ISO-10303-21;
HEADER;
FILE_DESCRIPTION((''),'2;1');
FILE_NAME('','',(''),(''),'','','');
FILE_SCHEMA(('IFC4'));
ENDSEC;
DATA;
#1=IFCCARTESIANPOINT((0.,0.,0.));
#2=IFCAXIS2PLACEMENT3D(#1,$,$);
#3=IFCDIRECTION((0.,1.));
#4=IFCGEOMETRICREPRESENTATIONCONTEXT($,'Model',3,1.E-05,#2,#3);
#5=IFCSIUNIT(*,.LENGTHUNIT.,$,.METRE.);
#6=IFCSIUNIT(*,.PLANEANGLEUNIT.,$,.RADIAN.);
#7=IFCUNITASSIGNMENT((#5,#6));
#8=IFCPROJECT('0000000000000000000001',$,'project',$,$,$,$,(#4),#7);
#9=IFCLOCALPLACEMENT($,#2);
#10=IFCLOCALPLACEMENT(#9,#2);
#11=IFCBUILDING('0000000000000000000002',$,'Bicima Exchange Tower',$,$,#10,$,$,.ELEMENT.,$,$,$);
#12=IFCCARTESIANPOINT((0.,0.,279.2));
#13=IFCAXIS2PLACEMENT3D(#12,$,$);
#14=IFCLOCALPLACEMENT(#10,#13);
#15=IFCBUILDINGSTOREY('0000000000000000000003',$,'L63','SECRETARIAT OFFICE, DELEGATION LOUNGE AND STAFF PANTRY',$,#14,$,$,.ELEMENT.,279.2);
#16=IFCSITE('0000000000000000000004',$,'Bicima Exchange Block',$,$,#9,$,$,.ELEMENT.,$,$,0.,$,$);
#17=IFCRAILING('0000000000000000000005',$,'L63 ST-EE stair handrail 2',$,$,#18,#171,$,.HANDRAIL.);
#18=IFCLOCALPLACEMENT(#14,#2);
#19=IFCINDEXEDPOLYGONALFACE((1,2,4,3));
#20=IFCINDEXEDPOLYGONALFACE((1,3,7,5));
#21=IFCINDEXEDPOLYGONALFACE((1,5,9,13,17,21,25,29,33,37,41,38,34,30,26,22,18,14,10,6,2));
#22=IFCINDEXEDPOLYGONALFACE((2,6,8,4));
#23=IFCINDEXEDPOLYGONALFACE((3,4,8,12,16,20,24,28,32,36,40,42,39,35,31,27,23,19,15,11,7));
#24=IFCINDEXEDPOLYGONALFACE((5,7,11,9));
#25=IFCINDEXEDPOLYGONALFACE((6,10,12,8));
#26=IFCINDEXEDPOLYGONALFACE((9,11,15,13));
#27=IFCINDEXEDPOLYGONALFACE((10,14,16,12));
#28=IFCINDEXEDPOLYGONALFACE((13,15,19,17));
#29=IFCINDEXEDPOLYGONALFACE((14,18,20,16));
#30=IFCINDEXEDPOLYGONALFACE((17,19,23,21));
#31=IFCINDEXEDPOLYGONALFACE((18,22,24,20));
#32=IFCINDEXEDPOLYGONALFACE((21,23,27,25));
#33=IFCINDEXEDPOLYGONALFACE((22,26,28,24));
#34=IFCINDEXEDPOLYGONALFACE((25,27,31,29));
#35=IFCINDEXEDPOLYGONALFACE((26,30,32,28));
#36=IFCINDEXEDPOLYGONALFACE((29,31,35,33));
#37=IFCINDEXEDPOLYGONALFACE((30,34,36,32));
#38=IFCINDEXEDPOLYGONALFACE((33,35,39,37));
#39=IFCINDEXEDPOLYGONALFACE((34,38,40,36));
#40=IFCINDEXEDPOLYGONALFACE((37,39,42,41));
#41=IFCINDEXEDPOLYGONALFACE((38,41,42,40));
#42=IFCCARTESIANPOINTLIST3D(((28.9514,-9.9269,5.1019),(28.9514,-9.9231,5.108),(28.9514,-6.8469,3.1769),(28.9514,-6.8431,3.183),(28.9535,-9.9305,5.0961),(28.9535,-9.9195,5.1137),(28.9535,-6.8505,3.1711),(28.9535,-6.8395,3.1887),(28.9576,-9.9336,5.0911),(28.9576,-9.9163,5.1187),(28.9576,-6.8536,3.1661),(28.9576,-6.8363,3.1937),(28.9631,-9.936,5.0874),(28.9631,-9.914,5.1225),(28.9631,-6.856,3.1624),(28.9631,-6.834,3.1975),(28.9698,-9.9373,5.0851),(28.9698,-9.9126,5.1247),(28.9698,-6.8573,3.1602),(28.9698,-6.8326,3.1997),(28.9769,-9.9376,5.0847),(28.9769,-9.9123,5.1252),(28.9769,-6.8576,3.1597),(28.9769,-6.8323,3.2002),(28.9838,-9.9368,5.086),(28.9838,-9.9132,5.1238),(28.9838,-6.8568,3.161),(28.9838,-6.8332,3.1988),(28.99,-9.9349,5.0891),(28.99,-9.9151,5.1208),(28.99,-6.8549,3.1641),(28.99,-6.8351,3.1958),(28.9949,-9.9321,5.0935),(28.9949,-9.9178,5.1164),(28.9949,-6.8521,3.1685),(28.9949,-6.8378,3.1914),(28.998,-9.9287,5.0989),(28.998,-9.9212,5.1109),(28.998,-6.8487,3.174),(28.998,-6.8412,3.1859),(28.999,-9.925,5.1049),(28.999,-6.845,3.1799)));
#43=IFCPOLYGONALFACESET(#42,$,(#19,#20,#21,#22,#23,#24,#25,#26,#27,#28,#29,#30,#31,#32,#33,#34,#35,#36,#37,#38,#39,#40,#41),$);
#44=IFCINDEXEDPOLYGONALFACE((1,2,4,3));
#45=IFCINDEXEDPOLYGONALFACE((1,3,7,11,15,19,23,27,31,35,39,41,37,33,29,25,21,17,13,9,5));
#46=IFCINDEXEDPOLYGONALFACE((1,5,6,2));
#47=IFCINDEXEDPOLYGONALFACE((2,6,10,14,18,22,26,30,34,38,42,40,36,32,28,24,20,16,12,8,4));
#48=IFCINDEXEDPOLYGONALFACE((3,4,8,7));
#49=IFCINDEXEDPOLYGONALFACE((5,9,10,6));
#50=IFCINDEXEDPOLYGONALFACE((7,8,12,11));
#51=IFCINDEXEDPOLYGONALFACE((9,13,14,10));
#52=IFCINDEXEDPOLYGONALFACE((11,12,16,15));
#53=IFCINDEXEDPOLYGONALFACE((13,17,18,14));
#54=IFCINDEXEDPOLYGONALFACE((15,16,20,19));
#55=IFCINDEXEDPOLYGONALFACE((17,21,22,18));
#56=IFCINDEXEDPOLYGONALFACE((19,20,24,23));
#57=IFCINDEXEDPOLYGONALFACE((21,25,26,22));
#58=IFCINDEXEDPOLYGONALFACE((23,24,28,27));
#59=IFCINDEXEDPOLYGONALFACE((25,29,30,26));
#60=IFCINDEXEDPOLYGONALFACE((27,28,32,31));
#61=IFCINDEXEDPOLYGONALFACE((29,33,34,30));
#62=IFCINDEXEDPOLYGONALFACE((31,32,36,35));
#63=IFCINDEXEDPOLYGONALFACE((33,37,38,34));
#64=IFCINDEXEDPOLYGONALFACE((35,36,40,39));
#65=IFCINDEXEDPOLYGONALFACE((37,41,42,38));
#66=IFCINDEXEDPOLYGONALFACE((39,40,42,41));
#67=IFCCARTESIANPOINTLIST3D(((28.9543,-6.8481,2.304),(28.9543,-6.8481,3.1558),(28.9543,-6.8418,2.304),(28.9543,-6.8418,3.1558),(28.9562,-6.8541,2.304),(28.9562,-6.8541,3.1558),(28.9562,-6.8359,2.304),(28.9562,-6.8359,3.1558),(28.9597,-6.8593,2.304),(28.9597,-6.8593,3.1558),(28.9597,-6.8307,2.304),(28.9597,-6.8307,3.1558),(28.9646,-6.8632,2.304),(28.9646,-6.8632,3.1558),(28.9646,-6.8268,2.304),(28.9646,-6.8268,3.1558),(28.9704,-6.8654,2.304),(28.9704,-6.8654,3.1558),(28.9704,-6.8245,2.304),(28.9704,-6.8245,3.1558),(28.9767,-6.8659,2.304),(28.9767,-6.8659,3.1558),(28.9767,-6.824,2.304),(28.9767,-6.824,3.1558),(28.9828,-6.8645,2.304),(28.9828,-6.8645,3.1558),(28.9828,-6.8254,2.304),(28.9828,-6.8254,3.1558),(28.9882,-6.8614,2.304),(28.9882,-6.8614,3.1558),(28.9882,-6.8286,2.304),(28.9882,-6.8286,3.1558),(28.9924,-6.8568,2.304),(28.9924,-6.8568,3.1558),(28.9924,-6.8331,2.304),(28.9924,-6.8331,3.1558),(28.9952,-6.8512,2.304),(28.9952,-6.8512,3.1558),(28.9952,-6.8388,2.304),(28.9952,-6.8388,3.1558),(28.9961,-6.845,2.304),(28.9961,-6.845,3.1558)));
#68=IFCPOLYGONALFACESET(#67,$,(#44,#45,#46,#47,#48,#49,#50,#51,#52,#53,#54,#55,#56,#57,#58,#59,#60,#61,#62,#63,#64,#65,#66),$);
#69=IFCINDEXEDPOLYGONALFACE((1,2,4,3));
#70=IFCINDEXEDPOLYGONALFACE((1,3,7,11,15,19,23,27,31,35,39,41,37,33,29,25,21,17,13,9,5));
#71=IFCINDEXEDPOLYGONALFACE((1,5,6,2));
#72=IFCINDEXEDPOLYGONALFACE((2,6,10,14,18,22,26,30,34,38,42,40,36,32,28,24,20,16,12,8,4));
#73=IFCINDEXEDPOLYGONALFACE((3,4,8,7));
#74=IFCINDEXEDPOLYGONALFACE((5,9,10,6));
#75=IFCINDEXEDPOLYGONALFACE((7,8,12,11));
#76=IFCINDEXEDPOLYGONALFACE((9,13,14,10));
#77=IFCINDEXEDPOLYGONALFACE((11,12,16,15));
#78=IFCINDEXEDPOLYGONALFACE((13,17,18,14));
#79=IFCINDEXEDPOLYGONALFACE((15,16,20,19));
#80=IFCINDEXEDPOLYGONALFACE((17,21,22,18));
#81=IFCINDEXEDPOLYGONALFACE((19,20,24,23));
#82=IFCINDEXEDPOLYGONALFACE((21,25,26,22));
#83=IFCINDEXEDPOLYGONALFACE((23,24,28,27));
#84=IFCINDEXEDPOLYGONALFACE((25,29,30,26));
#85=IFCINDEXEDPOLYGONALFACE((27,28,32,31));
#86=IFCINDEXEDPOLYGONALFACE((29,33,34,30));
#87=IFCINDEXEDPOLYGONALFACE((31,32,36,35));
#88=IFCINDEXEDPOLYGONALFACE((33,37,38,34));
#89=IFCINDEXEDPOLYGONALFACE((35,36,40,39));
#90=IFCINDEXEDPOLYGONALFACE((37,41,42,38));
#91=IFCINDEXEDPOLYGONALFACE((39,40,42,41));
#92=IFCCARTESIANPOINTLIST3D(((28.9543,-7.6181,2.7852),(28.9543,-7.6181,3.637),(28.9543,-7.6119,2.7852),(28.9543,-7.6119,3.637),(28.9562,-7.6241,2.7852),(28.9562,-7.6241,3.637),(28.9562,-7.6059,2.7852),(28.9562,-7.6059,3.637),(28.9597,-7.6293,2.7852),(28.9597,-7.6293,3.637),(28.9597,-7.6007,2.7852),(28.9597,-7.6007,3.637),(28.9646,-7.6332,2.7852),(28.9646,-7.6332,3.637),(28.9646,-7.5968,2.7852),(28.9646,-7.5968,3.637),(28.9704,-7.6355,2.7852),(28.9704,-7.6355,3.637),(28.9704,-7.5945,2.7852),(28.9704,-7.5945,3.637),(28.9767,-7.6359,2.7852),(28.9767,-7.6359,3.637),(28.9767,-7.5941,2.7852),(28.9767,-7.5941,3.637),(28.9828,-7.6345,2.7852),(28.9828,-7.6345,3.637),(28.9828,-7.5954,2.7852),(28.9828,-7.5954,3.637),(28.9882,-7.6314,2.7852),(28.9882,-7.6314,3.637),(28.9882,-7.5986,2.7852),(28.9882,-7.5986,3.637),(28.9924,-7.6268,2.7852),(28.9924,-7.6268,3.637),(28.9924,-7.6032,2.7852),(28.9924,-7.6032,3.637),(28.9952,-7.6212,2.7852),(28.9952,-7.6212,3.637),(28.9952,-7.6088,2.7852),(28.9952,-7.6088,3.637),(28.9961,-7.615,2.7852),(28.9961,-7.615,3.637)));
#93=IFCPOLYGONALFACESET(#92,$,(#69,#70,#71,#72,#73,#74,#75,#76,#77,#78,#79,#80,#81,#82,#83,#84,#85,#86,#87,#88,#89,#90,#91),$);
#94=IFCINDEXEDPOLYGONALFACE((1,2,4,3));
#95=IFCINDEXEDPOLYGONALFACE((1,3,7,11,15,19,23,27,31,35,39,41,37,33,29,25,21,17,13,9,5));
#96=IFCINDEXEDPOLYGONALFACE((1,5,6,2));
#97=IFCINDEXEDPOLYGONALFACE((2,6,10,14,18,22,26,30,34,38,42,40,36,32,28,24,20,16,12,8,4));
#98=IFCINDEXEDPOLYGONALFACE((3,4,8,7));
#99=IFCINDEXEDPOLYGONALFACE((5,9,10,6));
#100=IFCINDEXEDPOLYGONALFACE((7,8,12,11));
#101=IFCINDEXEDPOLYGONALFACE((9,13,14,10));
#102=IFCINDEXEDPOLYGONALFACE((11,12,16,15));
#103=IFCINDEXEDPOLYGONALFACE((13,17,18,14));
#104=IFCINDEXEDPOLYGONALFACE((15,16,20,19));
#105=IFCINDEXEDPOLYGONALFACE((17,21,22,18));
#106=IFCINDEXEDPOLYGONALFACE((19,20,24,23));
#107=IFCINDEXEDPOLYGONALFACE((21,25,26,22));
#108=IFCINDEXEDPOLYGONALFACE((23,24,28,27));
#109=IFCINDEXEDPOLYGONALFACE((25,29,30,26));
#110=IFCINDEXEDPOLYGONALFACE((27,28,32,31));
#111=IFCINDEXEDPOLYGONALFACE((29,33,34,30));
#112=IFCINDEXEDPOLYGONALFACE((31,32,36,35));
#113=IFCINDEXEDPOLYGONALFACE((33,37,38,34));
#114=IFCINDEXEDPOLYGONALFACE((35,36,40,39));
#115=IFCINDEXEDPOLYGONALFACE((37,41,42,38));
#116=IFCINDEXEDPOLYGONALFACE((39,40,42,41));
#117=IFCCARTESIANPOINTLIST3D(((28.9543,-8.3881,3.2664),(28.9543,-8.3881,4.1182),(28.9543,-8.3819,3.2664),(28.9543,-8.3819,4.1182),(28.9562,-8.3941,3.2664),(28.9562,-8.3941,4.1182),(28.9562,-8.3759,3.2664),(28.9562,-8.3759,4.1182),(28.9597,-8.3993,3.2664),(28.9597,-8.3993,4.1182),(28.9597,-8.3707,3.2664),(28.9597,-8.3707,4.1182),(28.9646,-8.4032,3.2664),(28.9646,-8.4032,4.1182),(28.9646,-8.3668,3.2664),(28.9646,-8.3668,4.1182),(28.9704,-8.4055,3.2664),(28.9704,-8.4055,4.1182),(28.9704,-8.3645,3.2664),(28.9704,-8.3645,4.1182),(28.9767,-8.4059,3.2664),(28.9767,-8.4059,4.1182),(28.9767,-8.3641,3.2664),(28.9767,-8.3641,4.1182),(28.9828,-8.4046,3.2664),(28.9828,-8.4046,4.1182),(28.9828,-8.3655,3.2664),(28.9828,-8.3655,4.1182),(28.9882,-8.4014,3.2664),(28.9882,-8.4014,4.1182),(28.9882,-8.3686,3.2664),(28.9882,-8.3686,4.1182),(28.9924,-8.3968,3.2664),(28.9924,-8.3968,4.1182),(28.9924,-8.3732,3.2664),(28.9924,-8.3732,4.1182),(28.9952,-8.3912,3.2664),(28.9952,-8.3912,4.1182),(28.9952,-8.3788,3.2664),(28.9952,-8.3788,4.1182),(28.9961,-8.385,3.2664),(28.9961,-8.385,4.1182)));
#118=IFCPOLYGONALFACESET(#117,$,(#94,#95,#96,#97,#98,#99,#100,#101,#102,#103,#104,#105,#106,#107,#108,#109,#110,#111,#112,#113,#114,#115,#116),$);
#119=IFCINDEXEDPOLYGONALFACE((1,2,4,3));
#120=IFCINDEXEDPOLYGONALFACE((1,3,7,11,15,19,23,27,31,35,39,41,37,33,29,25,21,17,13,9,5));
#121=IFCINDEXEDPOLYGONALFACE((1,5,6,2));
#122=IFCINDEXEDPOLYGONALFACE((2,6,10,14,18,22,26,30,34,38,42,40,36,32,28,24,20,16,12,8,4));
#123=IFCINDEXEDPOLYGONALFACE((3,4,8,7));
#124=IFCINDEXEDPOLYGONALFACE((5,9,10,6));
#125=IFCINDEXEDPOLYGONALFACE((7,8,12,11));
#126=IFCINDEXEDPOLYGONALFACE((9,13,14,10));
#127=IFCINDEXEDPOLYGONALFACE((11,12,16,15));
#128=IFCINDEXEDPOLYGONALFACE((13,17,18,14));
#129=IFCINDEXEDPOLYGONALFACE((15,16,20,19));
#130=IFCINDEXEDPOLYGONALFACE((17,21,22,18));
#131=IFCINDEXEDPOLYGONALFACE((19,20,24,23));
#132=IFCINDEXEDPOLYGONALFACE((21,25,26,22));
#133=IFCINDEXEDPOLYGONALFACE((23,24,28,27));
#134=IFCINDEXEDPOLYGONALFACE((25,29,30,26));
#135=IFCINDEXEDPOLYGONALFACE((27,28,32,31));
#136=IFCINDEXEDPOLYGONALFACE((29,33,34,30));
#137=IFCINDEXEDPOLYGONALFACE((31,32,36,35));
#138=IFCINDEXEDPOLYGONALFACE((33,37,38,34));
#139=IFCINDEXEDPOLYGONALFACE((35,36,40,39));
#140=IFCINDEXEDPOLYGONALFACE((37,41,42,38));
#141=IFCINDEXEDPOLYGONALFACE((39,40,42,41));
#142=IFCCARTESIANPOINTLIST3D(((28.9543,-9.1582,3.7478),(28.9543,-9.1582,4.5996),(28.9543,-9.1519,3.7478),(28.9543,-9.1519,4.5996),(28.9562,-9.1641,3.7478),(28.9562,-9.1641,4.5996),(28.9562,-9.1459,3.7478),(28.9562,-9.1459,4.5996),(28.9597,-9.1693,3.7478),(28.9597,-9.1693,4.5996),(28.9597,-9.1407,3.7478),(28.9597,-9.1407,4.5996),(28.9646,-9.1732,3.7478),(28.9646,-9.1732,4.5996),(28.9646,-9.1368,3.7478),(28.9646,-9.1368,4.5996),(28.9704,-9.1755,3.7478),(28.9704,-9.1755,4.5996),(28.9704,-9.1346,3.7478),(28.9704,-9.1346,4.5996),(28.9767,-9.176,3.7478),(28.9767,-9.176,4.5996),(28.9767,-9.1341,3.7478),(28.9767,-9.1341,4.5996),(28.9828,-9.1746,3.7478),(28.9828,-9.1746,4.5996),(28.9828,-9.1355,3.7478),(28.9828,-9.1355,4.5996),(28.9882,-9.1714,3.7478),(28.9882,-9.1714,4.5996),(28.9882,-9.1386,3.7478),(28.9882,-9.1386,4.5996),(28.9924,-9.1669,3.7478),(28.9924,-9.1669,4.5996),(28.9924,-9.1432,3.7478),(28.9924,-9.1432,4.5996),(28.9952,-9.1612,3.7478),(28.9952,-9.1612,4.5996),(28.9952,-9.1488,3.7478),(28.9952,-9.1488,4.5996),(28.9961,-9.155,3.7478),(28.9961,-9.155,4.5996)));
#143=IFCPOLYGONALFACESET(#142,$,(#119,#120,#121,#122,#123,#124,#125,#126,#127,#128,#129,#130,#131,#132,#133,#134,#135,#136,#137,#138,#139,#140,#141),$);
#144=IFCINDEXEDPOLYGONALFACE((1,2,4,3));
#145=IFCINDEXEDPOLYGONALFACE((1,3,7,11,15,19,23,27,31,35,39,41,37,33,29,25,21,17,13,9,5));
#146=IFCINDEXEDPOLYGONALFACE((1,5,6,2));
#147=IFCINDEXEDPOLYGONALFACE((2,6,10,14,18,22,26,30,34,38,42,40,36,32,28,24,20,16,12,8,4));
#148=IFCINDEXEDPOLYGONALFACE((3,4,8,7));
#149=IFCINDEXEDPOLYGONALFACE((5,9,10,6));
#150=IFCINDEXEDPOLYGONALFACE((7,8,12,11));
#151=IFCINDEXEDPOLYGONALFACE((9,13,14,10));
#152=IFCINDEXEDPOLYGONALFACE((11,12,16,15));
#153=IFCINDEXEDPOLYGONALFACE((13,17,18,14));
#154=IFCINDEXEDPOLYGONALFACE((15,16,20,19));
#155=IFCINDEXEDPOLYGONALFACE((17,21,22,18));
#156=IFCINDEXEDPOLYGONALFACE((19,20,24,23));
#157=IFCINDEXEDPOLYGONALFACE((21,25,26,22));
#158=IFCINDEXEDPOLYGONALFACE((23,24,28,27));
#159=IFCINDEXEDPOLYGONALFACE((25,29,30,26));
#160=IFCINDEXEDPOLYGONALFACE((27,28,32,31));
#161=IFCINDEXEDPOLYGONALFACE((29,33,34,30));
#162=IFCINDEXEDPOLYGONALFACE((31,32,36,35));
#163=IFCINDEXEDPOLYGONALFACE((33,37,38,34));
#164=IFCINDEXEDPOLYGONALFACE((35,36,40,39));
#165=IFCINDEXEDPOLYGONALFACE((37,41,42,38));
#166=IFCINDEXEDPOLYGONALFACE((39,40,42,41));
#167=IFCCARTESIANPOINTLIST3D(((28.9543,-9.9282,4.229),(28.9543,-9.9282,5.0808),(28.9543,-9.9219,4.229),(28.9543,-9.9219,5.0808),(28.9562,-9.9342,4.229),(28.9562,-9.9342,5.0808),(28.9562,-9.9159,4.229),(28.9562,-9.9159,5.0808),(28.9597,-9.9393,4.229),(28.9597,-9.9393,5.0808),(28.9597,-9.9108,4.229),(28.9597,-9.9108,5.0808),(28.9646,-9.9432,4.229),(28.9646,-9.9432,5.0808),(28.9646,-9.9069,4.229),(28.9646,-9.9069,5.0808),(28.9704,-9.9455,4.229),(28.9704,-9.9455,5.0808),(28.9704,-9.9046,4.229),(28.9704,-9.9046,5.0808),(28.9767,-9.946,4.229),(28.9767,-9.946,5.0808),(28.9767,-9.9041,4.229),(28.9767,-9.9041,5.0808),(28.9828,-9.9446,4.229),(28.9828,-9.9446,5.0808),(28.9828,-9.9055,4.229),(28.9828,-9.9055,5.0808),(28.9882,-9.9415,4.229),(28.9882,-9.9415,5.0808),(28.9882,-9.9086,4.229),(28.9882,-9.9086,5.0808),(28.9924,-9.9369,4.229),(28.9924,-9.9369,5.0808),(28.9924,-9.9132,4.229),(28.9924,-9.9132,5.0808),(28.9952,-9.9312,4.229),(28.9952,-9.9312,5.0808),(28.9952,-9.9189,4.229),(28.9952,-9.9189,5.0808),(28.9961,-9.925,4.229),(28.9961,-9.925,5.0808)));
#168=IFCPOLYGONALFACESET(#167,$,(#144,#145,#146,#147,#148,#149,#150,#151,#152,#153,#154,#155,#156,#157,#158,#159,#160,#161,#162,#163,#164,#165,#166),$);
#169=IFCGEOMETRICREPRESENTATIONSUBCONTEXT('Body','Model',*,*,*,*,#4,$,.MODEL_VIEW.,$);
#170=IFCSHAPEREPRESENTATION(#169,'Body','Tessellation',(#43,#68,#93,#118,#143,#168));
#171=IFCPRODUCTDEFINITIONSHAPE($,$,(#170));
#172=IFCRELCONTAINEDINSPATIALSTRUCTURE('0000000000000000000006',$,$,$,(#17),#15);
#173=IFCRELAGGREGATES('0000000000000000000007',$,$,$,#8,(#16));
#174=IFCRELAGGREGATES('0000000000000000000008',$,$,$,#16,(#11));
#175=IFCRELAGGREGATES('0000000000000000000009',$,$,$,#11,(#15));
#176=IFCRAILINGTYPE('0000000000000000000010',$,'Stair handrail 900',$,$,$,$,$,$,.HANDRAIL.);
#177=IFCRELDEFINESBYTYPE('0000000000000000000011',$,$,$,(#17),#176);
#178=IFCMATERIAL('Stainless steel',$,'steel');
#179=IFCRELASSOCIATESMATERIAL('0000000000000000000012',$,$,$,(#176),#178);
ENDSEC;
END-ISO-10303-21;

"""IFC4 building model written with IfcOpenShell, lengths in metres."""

from ifc_helpers import new_model, si_unit, direction, frame, origin, origin_2d, place, context, subcontext, project, spatial, circle, extrude, material, type_object, element, save


model = new_model("IFC4")

# Units and contexts
model_context = context("Model", 3, precision=1e-05, world=origin(), true_north=direction((0.0, 1.0)))
body_context = subcontext(model_context, "Body", "Model", "MODEL_VIEW")
ifc_project = project(units=[si_unit("LENGTHUNIT", "METRE"), si_unit("PLANEANGLEUNIT", "RADIAN")], contexts=[model_context])

# Site, building, storey
site_placement = place(None, origin())
site = spatial("IfcSite", under=ifc_project, at=site_placement, Name="Bicima Exchange Block", CompositionType="ELEMENT", RefElevation=0.0)
building_placement = place(site_placement, origin())
building = spatial("IfcBuilding", under=site, at=building_placement, Name="Bicima Exchange Tower", CompositionType="ELEMENT")
storey_placement = place(building_placement, frame((0.0, 0.0, 279.2)))
storey = spatial("IfcBuildingStorey", under=building, at=storey_placement, Name="L63", Description="SECRETARIAT OFFICE, DELEGATION LOUNGE AND STAFF PANTRY", CompositionType="ELEMENT", Elevation=279.2)

# Railing
ifc_material_1 = material(Name="Stainless steel", Category="steel")
railing_type_1 = type_object("IfcRailingType", Name="Stair handrail 900", PredefinedType="HANDRAIL", material=ifc_material_1)
railing_1_placement = place(storey_placement, frame((28.9751, -6.845, 2.304)))
element("IfcRailing", 1, at=railing_1_placement, inside=storey, type_object=railing_type_1, Name="L63 ST-EE stair handrail 2", PredefinedType="HANDRAIL", context=body_context, shape_type="SweptSolid", body=[
    extrude(circle(Radius=0.0239, at=origin_2d()), frame((0.0, 0.0, 0.876), z_axis=(0.0, -0.847998, 0.529999), x_axis=(1.0, 0.0, 0.0)), (0.0, 0.0, 1.0), 3.6321),
    extrude(circle(Radius=0.021, at=origin_2d()), origin(), (0.0, 0.0, 1.0), 0.8518),
    extrude(circle(Radius=0.021, at=origin_2d()), frame((0.0, -0.77, 0.4812)), (0.0, 0.0, 1.0), 0.8518),
    extrude(circle(Radius=0.021, at=origin_2d()), frame((0.0, -1.54, 0.9624)), (0.0, 0.0, 1.0), 0.8518),
    extrude(circle(Radius=0.021, at=origin_2d()), frame((0.0, -2.3101, 1.4438)), (0.0, 0.0, 1.0), 0.8518),
    extrude(circle(Radius=0.021, at=origin_2d()), frame((0.0, -3.0801, 1.925)), (0.0, 0.0, 1.0), 0.8518),
])

save(model, "model.ifc")
